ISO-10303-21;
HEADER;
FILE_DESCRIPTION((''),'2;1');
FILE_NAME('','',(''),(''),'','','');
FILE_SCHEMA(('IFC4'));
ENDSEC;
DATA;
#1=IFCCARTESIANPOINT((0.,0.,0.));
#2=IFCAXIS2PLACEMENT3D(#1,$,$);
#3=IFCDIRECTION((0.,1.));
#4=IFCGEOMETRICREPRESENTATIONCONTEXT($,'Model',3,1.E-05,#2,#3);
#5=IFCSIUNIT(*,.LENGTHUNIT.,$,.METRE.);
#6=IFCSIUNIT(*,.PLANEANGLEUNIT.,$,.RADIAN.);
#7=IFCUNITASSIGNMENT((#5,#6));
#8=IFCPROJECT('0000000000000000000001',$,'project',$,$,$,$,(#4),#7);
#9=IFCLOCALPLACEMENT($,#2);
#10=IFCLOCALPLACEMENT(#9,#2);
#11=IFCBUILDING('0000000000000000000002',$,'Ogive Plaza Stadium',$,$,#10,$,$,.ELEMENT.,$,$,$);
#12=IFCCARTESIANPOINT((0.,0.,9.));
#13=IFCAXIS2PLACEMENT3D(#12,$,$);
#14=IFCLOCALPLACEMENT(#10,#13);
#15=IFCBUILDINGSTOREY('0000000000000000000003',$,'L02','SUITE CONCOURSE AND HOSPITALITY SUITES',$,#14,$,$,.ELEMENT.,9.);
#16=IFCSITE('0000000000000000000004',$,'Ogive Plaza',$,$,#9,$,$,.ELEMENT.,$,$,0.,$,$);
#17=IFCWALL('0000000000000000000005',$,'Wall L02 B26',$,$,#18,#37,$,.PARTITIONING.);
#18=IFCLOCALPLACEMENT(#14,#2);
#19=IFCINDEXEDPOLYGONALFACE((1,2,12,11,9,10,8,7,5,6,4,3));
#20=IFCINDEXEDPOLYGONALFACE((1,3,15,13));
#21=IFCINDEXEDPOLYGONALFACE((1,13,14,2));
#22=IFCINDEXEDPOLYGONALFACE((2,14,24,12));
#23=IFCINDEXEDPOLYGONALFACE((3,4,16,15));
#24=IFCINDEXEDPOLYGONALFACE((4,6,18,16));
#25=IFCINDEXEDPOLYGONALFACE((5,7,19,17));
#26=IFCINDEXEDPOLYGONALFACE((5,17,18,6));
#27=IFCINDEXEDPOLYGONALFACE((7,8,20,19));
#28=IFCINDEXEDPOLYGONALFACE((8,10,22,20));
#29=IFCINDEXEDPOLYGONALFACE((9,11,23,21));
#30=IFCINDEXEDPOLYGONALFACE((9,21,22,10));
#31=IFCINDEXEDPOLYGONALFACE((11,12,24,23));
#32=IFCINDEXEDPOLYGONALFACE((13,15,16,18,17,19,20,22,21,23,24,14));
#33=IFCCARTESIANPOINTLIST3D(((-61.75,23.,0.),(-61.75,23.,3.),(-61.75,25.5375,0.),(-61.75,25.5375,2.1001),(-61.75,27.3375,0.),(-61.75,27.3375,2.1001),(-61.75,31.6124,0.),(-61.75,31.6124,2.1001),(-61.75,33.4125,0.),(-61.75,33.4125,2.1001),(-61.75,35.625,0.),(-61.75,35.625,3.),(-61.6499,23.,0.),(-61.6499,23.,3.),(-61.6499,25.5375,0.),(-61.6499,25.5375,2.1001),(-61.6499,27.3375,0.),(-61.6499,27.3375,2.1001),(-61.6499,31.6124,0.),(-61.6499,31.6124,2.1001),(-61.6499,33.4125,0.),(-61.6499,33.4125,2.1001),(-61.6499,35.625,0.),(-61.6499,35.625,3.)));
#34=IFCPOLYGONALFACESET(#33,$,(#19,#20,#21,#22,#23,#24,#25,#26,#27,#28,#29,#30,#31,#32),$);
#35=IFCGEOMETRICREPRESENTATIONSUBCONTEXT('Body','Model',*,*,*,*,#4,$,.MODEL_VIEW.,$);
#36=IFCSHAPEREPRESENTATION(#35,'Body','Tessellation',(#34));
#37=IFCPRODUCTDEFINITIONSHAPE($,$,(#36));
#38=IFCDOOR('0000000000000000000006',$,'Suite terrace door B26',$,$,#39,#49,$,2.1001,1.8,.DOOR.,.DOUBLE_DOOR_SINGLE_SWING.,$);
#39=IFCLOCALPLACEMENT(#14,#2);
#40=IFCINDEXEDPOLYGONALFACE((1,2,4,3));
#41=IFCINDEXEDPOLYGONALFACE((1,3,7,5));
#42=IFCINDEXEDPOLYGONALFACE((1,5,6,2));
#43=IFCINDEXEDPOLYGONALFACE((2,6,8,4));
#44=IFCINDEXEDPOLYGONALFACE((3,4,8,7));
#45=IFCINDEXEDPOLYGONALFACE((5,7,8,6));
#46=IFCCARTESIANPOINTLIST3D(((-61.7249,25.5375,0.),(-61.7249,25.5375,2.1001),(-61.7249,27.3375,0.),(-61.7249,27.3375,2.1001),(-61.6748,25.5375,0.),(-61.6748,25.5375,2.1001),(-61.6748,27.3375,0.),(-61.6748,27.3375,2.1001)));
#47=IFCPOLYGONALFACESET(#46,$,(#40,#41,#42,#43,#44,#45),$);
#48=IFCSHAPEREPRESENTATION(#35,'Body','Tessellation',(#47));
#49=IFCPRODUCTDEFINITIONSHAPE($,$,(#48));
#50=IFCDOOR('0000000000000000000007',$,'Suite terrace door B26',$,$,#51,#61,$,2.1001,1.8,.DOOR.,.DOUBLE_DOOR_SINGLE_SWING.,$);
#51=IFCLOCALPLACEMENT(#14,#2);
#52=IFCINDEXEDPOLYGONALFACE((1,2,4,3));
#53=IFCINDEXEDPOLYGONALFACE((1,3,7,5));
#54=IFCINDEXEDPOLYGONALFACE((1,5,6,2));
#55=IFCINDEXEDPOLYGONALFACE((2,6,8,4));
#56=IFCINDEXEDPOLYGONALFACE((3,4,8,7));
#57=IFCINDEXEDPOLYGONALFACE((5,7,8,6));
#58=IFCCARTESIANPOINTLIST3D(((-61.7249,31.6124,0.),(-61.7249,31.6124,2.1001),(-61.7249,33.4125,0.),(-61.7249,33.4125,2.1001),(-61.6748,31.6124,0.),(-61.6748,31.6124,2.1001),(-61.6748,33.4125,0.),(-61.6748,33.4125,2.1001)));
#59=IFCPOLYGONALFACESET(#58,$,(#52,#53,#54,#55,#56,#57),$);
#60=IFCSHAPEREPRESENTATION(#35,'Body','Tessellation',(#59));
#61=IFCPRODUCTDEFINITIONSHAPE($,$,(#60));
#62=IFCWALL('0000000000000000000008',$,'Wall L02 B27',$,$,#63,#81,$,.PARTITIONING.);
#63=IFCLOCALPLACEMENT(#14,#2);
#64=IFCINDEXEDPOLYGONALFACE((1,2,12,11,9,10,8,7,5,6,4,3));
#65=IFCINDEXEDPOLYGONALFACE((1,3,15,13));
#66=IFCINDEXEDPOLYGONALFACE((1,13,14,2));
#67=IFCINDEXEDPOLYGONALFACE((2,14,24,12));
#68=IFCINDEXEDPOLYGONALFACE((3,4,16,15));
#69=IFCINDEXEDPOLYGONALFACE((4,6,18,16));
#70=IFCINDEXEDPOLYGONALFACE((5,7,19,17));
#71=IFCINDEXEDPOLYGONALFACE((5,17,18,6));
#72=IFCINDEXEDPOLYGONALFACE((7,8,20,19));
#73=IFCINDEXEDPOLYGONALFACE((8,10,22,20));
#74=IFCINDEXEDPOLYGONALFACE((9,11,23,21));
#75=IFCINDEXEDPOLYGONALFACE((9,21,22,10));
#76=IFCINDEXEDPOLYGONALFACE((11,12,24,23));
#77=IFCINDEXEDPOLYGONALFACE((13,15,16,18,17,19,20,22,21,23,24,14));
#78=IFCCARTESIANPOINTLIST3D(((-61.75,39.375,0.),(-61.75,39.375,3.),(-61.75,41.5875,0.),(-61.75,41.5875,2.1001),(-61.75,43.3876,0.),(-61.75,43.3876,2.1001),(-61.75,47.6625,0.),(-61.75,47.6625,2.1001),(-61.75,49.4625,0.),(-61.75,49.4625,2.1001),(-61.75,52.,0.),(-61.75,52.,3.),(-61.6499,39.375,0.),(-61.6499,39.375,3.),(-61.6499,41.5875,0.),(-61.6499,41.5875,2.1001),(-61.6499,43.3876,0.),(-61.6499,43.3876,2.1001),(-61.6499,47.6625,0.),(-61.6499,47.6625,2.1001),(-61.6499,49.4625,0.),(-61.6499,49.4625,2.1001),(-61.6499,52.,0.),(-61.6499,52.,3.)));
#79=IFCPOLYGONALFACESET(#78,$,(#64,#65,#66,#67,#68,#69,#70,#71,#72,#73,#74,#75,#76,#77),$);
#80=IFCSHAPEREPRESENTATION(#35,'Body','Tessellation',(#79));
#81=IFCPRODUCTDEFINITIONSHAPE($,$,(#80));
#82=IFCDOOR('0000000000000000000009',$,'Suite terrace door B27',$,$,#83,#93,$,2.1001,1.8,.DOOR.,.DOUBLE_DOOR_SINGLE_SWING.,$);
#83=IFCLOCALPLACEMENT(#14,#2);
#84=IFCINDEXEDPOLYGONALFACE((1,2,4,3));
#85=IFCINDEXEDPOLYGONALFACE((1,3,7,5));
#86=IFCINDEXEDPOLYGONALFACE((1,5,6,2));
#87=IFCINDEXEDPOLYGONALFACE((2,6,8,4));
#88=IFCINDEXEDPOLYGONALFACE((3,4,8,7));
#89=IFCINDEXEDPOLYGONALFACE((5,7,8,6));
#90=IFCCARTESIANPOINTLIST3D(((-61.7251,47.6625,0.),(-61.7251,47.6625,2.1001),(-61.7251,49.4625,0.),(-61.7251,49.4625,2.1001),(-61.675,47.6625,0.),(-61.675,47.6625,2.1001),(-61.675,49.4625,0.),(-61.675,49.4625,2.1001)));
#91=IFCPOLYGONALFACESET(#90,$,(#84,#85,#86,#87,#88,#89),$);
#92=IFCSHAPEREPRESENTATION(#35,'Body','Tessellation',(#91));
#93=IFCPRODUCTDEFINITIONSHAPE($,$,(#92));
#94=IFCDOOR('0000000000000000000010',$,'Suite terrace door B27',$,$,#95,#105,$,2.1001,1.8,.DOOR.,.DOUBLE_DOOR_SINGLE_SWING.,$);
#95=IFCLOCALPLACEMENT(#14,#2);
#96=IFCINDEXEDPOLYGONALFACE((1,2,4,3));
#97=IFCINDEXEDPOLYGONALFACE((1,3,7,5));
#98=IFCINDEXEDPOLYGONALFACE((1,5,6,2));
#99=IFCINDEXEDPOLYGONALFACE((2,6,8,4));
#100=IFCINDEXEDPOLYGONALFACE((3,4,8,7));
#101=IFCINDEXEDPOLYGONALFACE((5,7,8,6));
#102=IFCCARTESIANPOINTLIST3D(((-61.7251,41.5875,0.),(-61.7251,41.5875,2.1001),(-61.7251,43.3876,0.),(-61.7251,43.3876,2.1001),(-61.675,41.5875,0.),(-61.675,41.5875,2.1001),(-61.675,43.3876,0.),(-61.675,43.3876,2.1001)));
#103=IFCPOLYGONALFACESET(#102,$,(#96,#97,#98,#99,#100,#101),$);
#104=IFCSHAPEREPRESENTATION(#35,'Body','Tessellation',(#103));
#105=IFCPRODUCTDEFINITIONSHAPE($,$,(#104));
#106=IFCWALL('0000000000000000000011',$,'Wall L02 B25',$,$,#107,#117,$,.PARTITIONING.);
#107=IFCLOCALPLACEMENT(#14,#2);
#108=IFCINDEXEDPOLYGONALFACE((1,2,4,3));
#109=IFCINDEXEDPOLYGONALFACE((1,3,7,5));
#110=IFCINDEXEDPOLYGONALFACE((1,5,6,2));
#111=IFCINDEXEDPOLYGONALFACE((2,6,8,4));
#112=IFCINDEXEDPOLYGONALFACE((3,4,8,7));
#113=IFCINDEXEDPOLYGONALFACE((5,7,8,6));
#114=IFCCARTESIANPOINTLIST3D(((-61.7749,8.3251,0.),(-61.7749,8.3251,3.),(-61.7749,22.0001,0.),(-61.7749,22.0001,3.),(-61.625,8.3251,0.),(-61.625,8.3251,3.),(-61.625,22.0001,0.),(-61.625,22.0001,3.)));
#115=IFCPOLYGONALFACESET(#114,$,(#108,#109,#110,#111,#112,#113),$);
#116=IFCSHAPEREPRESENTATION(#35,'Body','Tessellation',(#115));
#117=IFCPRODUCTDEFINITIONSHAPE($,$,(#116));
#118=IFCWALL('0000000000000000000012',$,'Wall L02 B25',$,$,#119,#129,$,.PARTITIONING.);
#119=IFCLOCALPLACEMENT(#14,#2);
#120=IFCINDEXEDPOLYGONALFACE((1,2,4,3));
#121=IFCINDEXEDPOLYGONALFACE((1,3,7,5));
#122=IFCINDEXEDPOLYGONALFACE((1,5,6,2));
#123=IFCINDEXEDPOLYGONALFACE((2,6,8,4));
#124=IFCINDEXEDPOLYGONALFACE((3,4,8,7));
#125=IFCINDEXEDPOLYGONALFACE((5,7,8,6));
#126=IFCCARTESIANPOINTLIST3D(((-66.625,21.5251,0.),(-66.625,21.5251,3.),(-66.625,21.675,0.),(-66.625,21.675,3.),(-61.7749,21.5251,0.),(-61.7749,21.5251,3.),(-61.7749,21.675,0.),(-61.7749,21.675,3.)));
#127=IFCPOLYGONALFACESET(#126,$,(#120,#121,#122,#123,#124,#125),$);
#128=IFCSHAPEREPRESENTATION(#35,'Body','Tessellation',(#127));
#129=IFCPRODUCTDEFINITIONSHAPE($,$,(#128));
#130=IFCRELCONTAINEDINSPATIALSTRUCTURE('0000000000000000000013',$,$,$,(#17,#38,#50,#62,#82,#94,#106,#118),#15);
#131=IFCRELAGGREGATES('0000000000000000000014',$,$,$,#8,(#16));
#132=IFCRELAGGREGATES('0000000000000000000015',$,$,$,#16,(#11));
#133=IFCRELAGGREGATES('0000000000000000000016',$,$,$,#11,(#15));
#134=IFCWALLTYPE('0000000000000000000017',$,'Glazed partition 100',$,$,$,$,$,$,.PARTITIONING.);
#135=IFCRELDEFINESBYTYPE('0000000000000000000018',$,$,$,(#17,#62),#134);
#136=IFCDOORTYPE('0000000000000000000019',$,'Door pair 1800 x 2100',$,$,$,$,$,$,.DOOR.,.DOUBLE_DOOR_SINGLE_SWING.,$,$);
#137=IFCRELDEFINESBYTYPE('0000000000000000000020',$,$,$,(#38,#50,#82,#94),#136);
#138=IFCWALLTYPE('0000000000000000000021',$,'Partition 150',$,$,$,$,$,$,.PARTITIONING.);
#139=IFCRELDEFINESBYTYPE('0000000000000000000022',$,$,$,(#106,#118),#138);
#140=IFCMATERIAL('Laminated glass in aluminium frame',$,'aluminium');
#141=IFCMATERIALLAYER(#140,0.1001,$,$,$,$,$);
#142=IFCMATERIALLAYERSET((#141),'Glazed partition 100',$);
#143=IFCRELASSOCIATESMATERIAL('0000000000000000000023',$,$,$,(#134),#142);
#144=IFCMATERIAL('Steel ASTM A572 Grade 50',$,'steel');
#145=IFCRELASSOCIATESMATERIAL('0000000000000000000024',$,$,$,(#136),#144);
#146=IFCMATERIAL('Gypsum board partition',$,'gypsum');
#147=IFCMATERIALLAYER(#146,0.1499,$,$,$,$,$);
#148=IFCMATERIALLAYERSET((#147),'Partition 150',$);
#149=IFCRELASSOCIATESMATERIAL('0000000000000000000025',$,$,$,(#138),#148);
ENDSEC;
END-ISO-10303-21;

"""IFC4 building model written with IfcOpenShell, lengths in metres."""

from ifc_helpers import new_model, si_unit, direction, frame, frame_2d, origin, place, context, subcontext, project, spatial, rectangle, extrude, material, layer, layer_set, type_object, element, fill, save


model = new_model("IFC4")

# Units and contexts
model_context = context("Model", 3, precision=1e-05, world=origin(), true_north=direction((0.0, 1.0)))
body_context = subcontext(model_context, "Body", "Model", "MODEL_VIEW")
ifc_project = project(units=[si_unit("LENGTHUNIT", "METRE"), si_unit("PLANEANGLEUNIT", "RADIAN")], contexts=[model_context])

# Site, building, storey
site_placement = place(None, origin())
site = spatial("IfcSite", under=ifc_project, at=site_placement, Name="Ogive Plaza", CompositionType="ELEMENT", RefElevation=0.0)
building_placement = place(site_placement, origin())
building = spatial("IfcBuilding", under=site, at=building_placement, Name="Ogive Plaza Stadium", CompositionType="ELEMENT")
storey_placement = place(building_placement, frame((0.0, 0.0, 9.0)))
storey = spatial("IfcBuildingStorey", under=building, at=storey_placement, Name="L02", Description="SUITE CONCOURSE AND HOSPITALITY SUITES", CompositionType="ELEMENT", Elevation=9.0)

# Walls, openings, doors
ifc_material_1 = material(Name="Laminated glass in aluminium frame", Category="aluminium")
ifc_layer_1 = layer(ifc_material_1, 0.1001)
ifc_layer_set_1 = layer_set([ifc_layer_1], Name="Glazed partition 100")
wall_type_1 = type_object("IfcWallType", Name="Glazed partition 100", PredefinedType="PARTITIONING", material=ifc_layer_set_1)
wall_1_placement = place(storey_placement, frame((-61.7, 23.0, 0.0), z_axis=(0.0, 0.0, 1.0), x_axis=(0.0, 1.0, 0.0)))
wall_1 = element("IfcWall", 1, at=wall_1_placement, inside=storey, type_object=wall_type_1, Name="Wall L02 B26", PredefinedType="PARTITIONING", context=body_context, shape_type="SweptSolid", body=[
    extrude(rectangle(XDim=12.625, YDim=0.1001, at=frame_2d((6.3125, 0.0))), origin(), (0.0, 0.0, 1.0), 3.0),
])
opening_1_placement = place(wall_1_placement, frame((2.5376, 0.0, 0.0)))
opening_1 = element("IfcOpeningElement", 2, at=opening_1_placement, cuts=wall_1, PredefinedType="OPENING", context=body_context, shape_type="SweptSolid", body=[
    extrude(rectangle(XDim=1.8, YDim=2.1001, at=frame_2d((0.8999, 1.05))), frame((0.0, 0.05, 0.0), z_axis=(0.0, -1.0, 0.0), x_axis=(1.0, 0.0, 0.0)), (0.0, 0.0, 1.0), 0.1001),
])
opening_2_placement = place(wall_1_placement, frame((8.6125, 0.0, 0.0)))
opening_2 = element("IfcOpeningElement", 3, at=opening_2_placement, cuts=wall_1, PredefinedType="OPENING", context=body_context, shape_type="SweptSolid", body=[
    extrude(rectangle(XDim=1.8, YDim=2.1001, at=frame_2d((0.8999, 1.05))), frame((0.0, 0.05, 0.0), z_axis=(0.0, -1.0, 0.0), x_axis=(1.0, 0.0, 0.0)), (0.0, 0.0, 1.0), 0.1001),
])
ifc_material_2 = material(Name="Steel ASTM A572 Grade 50", Category="steel")
door_type = type_object("IfcDoorType", Name="Door pair 1800 x 2100", OperationType="DOUBLE_DOOR_SINGLE_SWING", PredefinedType="DOOR", material=ifc_material_2)
door_1_placement = place(opening_1_placement, origin())
door_1 = element("IfcDoor", 4, at=door_1_placement, inside=storey, type_object=door_type, Name="Suite terrace door B26", OperationType="DOUBLE_DOOR_SINGLE_SWING", OverallHeight=2.1001, OverallWidth=1.8, PredefinedType="DOOR", context=body_context, shape_type="SweptSolid", body=[
    extrude(rectangle(XDim=1.8, YDim=2.1001, at=frame_2d((0.8999, 1.05))), frame((0.0, 0.0249, 0.0), z_axis=(0.0, -1.0, 0.0), x_axis=(1.0, 0.0, 0.0)), (0.0, 0.0, 1.0), 0.05),
])
fill(opening_1, door_1)
door_2_placement = place(opening_2_placement, origin())
door_2 = element("IfcDoor", 5, at=door_2_placement, inside=storey, type_object=door_type, Name="Suite terrace door B26", OperationType="DOUBLE_DOOR_SINGLE_SWING", OverallHeight=2.1001, OverallWidth=1.8, PredefinedType="DOOR", context=body_context, shape_type="SweptSolid", body=[
    extrude(rectangle(XDim=1.8, YDim=2.1001, at=frame_2d((0.8999, 1.05))), frame((0.0, 0.0249, 0.0), z_axis=(0.0, -1.0, 0.0), x_axis=(1.0, 0.0, 0.0)), (0.0, 0.0, 1.0), 0.05),
])
fill(opening_2, door_2)
wall_2_placement = place(storey_placement, frame((-61.7, 52.0, 0.0), z_axis=(0.0, 0.0, 1.0), x_axis=(0.0, -1.0, 0.0)))
wall_2 = element("IfcWall", 6, at=wall_2_placement, inside=storey, type_object=wall_type_1, Name="Wall L02 B27", PredefinedType="PARTITIONING", context=body_context, shape_type="SweptSolid", body=[
    extrude(rectangle(XDim=12.625, YDim=0.1001, at=frame_2d((6.3125, 0.0))), origin(), (0.0, 0.0, 1.0), 3.0),
])
opening_3_placement = place(wall_2_placement, frame((2.5376, 0.0, 0.0)))
opening_3 = element("IfcOpeningElement", 7, at=opening_3_placement, cuts=wall_2, PredefinedType="OPENING", context=body_context, shape_type="SweptSolid", body=[
    extrude(rectangle(XDim=1.8, YDim=2.1001, at=frame_2d((0.8999, 1.05))), frame((0.0, 0.05, 0.0), z_axis=(0.0, -1.0, 0.0), x_axis=(1.0, 0.0, 0.0)), (0.0, 0.0, 1.0), 0.1001),
])
opening_4_placement = place(wall_2_placement, frame((8.6125, 0.0, 0.0)))
opening_4 = element("IfcOpeningElement", 8, at=opening_4_placement, cuts=wall_2, PredefinedType="OPENING", context=body_context, shape_type="SweptSolid", body=[
    extrude(rectangle(XDim=1.8, YDim=2.1001, at=frame_2d((0.8999, 1.05))), frame((0.0, 0.05, 0.0), z_axis=(0.0, -1.0, 0.0), x_axis=(1.0, 0.0, 0.0)), (0.0, 0.0, 1.0), 0.1001),
])
door_3_placement = place(opening_3_placement, origin())
door_3 = element("IfcDoor", 9, at=door_3_placement, inside=storey, type_object=door_type, Name="Suite terrace door B27", OperationType="DOUBLE_DOOR_SINGLE_SWING", OverallHeight=2.1001, OverallWidth=1.8, PredefinedType="DOOR", context=body_context, shape_type="SweptSolid", body=[
    extrude(rectangle(XDim=1.8, YDim=2.1001, at=frame_2d((0.8999, 1.05))), frame((0.0, 0.0249, 0.0), z_axis=(0.0, -1.0, 0.0), x_axis=(1.0, 0.0, 0.0)), (0.0, 0.0, 1.0), 0.05),
])
fill(opening_3, door_3)
door_4_placement = place(opening_4_placement, origin())
door_4 = element("IfcDoor", 10, at=door_4_placement, inside=storey, type_object=door_type, Name="Suite terrace door B27", OperationType="DOUBLE_DOOR_SINGLE_SWING", OverallHeight=2.1001, OverallWidth=1.8, PredefinedType="DOOR", context=body_context, shape_type="SweptSolid", body=[
    extrude(rectangle(XDim=1.8, YDim=2.1001, at=frame_2d((0.8999, 1.05))), frame((0.0, 0.0249, 0.0), z_axis=(0.0, -1.0, 0.0), x_axis=(1.0, 0.0, 0.0)), (0.0, 0.0, 1.0), 0.05),
])
fill(opening_4, door_4)

# Walls
ifc_material_3 = material(Name="Gypsum board partition", Category="gypsum")
ifc_layer_2 = layer(ifc_material_3, 0.1499)
ifc_layer_set_2 = layer_set([ifc_layer_2], Name="Partition 150")
wall_type_2 = type_object("IfcWallType", Name="Partition 150", PredefinedType="PARTITIONING", material=ifc_layer_set_2)
wall_3_placement = place(storey_placement, frame((-61.7, 22.0, 0.0), z_axis=(0.0, 0.0, 1.0), x_axis=(0.0, -1.0, 0.0)))
element("IfcWall", 11, at=wall_3_placement, inside=storey, type_object=wall_type_2, Name="Wall L02 B25", PredefinedType="PARTITIONING", context=body_context, shape_type="SweptSolid", body=[
    extrude(rectangle(XDim=13.675, YDim=0.1499, at=frame_2d((6.8374, 0.0))), origin(), (0.0, 0.0, 1.0), 3.0),
])
wall_4_placement = place(storey_placement, frame((-61.7749, 21.6001, 0.0), z_axis=(0.0, 0.0, 1.0), x_axis=(-1.0, 0.0, 0.0)))
element("IfcWall", 12, at=wall_4_placement, inside=storey, type_object=wall_type_2, Name="Wall L02 B25", PredefinedType="PARTITIONING", context=body_context, shape_type="SweptSolid", body=[
    extrude(rectangle(XDim=4.8501, YDim=0.1499, at=frame_2d((2.425, 0.0))), origin(), (0.0, 0.0, 1.0), 3.0),
])

save(model, "model.ifc")
